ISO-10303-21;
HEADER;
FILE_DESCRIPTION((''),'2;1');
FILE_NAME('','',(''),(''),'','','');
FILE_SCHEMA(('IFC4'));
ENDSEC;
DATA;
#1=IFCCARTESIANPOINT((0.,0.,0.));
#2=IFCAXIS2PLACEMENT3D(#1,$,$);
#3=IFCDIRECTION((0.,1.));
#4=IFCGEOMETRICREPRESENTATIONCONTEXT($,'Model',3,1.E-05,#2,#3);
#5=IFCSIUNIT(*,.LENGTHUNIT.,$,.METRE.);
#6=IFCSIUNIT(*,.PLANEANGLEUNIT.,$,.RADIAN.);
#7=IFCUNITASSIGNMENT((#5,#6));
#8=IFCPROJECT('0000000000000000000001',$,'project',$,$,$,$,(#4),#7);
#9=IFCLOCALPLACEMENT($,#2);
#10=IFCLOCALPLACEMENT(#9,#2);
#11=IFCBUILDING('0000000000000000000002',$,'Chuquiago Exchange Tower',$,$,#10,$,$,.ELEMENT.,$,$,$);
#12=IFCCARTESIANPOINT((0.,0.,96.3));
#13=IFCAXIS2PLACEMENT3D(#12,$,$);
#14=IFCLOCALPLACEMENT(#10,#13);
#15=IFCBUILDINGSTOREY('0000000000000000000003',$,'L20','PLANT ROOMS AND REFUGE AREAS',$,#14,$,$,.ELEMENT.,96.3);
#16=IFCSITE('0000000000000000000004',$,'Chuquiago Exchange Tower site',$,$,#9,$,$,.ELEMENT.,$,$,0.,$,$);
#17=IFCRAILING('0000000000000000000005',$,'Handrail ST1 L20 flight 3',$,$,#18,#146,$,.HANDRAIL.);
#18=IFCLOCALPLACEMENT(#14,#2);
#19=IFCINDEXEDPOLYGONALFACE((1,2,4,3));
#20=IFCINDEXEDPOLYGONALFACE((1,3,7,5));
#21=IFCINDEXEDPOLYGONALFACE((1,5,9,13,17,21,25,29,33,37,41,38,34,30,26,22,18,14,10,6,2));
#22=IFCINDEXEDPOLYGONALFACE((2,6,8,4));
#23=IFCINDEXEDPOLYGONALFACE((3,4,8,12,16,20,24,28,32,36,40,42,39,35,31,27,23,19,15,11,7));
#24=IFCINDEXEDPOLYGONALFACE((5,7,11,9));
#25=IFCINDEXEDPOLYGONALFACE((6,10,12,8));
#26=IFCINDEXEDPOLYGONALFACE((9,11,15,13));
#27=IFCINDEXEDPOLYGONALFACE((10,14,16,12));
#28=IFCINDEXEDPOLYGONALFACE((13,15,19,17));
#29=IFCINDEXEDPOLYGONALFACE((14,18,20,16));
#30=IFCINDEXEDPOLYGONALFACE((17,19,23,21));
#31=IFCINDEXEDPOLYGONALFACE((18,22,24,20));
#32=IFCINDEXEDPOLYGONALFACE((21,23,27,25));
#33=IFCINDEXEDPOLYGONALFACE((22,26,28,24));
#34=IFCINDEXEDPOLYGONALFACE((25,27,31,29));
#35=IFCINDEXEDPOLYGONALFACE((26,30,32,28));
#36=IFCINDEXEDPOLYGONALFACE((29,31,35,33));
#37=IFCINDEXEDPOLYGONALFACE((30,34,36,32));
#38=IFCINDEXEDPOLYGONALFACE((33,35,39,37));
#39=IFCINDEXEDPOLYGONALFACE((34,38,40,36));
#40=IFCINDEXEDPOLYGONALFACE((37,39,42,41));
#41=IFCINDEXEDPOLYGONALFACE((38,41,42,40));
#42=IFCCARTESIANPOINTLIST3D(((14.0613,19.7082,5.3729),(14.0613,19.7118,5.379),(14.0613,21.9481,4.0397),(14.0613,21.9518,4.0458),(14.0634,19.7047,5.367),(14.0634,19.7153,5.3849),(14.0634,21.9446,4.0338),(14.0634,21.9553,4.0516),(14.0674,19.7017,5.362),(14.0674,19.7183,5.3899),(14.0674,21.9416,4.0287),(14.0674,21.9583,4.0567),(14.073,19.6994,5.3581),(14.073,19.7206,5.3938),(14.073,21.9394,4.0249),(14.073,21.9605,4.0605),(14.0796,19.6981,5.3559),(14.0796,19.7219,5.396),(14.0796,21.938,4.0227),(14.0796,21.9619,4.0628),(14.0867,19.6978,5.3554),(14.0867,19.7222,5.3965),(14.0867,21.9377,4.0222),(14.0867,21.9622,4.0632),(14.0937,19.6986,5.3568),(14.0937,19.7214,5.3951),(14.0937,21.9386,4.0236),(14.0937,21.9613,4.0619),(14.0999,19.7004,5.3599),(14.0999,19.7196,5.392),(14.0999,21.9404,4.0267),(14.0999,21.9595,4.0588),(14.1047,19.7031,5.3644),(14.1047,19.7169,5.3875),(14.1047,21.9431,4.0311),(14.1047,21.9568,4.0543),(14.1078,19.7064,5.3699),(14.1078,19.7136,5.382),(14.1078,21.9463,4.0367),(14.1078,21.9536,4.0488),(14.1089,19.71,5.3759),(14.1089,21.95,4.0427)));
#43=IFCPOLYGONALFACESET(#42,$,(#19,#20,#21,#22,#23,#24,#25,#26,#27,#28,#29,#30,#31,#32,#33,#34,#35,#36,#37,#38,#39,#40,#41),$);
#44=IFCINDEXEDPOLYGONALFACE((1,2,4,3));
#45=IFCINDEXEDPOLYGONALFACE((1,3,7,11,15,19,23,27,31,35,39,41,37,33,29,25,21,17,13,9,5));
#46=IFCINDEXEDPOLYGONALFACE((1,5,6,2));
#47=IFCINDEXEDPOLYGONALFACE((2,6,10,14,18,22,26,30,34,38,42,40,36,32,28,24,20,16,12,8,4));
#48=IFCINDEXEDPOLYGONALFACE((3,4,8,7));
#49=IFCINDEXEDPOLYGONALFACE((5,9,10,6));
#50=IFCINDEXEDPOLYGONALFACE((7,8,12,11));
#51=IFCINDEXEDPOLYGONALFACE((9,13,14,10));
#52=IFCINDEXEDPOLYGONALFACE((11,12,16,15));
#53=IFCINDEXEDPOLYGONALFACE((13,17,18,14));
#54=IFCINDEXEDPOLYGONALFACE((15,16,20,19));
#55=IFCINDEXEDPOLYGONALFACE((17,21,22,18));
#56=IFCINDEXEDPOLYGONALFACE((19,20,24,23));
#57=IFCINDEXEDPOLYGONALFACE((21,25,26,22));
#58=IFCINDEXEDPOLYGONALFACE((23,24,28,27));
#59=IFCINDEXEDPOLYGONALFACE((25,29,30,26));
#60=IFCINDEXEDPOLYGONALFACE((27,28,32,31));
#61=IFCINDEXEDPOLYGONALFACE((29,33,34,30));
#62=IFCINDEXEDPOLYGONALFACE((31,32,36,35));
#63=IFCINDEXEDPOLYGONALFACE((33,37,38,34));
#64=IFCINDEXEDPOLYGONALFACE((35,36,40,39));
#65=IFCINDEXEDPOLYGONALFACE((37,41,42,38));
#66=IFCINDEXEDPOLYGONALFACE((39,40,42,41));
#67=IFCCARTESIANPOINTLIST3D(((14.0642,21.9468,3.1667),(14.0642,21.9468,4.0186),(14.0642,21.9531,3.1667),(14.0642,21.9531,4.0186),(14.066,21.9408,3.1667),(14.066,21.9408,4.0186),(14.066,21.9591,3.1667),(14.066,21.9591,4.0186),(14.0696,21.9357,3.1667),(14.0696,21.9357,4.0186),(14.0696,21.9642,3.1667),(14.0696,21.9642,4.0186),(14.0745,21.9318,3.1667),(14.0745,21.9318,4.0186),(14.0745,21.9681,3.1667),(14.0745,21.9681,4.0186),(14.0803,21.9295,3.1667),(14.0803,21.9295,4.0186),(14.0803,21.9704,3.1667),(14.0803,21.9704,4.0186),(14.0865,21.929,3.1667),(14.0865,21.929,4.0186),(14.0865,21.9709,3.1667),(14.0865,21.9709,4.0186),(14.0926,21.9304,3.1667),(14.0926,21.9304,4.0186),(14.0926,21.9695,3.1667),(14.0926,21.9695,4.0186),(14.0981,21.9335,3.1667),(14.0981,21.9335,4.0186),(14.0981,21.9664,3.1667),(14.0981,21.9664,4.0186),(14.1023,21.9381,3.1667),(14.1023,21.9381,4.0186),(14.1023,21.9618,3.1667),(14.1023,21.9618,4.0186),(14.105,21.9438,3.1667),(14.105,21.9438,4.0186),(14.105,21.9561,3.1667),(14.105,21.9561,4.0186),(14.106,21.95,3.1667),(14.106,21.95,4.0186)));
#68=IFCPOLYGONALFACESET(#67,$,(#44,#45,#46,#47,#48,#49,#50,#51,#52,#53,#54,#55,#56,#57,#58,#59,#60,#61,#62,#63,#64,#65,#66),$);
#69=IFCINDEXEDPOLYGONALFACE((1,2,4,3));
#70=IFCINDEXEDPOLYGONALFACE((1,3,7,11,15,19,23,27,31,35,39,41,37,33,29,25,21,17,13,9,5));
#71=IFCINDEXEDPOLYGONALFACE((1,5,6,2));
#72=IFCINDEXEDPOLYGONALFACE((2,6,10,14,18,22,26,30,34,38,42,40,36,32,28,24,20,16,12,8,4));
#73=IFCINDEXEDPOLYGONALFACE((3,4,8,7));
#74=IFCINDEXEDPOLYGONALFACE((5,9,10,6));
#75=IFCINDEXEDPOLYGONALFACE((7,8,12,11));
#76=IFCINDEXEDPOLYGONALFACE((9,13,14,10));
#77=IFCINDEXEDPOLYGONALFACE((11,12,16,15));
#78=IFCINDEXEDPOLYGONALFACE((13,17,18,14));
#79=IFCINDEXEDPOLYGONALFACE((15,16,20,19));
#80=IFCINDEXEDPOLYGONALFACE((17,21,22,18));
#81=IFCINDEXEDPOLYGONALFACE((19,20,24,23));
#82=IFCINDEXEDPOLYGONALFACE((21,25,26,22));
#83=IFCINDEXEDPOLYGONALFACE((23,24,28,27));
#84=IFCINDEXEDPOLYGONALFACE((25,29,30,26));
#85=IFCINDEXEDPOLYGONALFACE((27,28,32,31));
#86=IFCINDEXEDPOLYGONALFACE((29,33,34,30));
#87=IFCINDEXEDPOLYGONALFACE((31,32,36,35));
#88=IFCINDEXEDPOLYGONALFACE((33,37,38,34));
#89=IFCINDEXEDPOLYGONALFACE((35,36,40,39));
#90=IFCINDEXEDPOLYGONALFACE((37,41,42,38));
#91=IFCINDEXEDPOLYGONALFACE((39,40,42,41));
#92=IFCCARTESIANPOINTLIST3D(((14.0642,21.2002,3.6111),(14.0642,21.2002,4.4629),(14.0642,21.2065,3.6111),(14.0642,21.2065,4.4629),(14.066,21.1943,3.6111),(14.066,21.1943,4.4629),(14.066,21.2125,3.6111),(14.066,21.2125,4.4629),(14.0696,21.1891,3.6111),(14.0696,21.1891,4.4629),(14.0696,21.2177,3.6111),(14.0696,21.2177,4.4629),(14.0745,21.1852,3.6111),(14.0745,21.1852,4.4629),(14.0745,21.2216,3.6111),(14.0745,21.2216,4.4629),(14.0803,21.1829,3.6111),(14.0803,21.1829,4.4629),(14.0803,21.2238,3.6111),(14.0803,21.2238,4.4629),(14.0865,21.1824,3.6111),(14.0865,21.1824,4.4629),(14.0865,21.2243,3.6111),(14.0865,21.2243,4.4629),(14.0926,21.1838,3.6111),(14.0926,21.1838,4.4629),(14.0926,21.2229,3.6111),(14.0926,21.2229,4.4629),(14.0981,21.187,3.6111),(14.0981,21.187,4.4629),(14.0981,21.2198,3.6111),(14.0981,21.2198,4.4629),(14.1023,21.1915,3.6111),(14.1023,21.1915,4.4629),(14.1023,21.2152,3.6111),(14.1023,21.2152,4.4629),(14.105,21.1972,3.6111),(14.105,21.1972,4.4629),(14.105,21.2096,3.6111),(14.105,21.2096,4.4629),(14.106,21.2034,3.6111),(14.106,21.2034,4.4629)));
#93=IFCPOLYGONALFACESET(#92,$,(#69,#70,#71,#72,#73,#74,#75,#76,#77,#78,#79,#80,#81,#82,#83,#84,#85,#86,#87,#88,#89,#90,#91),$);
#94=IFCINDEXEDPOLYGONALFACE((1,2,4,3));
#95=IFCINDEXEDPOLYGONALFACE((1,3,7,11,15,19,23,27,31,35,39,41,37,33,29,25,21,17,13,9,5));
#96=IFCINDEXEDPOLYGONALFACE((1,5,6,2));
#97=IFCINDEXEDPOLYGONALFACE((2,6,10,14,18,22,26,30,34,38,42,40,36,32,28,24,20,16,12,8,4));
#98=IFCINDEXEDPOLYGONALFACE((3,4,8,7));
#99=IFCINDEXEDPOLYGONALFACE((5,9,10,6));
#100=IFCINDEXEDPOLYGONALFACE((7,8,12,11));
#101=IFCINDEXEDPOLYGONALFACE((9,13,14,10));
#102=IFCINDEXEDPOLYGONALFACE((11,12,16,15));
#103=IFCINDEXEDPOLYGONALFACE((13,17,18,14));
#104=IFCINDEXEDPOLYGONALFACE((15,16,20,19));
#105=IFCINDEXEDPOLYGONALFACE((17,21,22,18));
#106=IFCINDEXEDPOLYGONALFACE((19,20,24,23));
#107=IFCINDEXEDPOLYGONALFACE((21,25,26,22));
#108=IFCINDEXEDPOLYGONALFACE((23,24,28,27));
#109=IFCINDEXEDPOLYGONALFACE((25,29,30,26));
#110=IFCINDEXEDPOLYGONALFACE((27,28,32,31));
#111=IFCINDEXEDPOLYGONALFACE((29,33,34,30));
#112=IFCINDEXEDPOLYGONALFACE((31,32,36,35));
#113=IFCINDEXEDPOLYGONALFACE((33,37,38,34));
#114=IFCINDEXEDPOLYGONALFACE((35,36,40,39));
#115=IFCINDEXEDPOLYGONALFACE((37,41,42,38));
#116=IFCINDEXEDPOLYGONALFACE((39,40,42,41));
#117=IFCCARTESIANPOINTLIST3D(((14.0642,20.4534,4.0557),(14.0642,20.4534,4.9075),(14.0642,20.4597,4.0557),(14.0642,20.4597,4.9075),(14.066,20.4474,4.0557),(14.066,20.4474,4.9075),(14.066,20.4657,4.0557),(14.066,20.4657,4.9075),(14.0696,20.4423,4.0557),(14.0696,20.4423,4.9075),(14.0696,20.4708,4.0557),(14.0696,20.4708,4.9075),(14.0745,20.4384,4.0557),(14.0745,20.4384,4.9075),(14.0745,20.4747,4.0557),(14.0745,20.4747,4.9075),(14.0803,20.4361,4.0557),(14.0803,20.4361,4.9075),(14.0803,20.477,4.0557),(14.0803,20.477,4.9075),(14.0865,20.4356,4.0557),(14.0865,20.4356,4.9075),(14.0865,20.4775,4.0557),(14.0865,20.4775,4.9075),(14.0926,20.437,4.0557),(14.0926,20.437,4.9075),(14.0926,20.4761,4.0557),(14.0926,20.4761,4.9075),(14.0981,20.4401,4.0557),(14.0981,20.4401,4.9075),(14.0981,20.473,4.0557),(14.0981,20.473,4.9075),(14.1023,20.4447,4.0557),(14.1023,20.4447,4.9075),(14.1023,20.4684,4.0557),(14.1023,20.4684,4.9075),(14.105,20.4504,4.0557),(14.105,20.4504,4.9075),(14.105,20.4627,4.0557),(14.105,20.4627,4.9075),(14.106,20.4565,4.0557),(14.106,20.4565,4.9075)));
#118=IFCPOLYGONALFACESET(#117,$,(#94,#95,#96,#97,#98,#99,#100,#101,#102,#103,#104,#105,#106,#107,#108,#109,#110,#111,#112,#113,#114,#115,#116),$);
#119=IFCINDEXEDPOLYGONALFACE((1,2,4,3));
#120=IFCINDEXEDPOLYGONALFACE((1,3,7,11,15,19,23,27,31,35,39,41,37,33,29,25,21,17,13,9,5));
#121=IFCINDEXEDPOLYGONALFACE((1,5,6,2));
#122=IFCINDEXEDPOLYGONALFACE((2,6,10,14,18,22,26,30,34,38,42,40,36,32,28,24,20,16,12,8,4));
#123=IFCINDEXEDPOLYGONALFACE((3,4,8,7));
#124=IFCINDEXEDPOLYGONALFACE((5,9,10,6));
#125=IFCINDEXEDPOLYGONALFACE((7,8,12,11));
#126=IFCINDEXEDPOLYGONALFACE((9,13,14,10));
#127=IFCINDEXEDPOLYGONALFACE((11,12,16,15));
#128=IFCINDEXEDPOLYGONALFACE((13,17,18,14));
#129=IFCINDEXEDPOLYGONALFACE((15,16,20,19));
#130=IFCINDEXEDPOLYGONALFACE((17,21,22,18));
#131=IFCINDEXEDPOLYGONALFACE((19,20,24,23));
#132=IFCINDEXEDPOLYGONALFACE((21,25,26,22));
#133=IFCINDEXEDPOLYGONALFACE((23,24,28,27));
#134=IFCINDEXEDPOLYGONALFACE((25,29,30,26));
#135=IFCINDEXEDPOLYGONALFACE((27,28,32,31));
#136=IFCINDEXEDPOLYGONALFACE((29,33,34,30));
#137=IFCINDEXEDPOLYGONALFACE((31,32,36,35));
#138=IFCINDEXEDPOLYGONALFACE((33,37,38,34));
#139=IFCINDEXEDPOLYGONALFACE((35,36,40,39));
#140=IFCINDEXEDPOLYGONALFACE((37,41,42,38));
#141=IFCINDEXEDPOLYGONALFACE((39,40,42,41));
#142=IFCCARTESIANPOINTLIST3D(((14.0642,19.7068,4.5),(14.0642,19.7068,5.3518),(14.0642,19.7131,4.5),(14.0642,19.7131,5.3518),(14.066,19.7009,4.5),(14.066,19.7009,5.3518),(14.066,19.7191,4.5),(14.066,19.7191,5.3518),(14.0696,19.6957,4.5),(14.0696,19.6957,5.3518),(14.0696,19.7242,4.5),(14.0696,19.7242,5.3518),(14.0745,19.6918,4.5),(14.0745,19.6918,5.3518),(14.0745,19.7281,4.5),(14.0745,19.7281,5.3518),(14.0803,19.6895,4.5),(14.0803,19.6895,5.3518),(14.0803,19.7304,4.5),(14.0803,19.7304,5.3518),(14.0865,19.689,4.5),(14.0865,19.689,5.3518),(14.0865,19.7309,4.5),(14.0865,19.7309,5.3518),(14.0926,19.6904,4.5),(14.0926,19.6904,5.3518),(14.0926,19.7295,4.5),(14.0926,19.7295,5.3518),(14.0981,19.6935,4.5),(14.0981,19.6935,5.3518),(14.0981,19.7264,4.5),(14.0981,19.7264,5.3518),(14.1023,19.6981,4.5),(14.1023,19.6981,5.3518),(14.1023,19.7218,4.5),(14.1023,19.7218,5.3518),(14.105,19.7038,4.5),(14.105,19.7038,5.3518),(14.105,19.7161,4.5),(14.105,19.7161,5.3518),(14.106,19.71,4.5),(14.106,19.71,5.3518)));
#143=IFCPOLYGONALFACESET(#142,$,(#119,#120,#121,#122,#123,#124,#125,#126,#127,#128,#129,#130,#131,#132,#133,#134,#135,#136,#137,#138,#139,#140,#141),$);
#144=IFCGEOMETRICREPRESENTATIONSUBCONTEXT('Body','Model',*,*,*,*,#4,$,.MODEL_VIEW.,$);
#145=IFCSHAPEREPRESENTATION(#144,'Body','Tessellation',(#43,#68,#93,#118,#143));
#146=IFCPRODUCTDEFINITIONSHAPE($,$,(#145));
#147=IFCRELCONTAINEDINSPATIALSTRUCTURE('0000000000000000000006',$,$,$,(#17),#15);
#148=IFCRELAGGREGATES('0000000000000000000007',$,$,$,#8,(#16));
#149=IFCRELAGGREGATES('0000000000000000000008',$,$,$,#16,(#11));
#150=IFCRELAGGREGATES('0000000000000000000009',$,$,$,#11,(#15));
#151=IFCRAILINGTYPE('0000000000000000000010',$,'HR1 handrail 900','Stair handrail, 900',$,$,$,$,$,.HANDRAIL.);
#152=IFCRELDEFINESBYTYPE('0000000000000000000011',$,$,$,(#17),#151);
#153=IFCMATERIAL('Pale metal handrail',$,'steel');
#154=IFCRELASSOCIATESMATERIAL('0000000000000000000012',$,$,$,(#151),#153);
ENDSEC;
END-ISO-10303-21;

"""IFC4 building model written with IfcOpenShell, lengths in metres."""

from ifc_helpers import new_model, si_unit, direction, frame, origin, origin_2d, place, context, subcontext, project, spatial, circle, extrude, material, type_object, element, save


model = new_model("IFC4")

# Units and contexts
model_context = context("Model", 3, precision=1e-05, world=origin(), true_north=direction((0.0, 1.0)))
body_context = subcontext(model_context, "Body", "Model", "MODEL_VIEW")
ifc_project = project(units=[si_unit("LENGTHUNIT", "METRE"), si_unit("PLANEANGLEUNIT", "RADIAN")], contexts=[model_context])

# Site, building, storey
site_placement = place(None, origin())
site = spatial("IfcSite", under=ifc_project, at=site_placement, Name="Chuquiago Exchange Tower site", CompositionType="ELEMENT", RefElevation=0.0)
building_placement = place(site_placement, origin())
building = spatial("IfcBuilding", under=site, at=building_placement, Name="Chuquiago Exchange Tower", CompositionType="ELEMENT")
storey_placement = place(building_placement, frame((0.0, 0.0, 96.3)))
storey = spatial("IfcBuildingStorey", under=building, at=storey_placement, Name="L20", Description="PLANT ROOMS AND REFUGE AREAS", CompositionType="ELEMENT", Elevation=96.3)

# Railing
ifc_material_1 = material(Name="Pale metal handrail", Category="steel")
railing_type_1 = type_object("IfcRailingType", Name="HR1 handrail 900", Description="Stair handrail, 900", PredefinedType="HANDRAIL", material=ifc_material_1)
for number, where, name in (
    (1, (14.085, 21.95, 3.1667), "Handrail ST1 L20 flight 3"),
):
    element("IfcRailing", number, at=place(storey_placement, frame(where)), inside=storey, type_object=railing_type_1, Name=name, PredefinedType="HANDRAIL", context=body_context, shape_type="SweptSolid", body=[
        extrude(circle(Radius=0.0239, at=origin_2d()), frame((0.0, 0.0, 0.876), z_axis=(0.0, -0.859306, 0.511462), x_axis=(1.0, 0.0, 0.0)), (0.0, 0.0, 1.0), 2.6067),
        extrude(circle(Radius=0.021, at=origin_2d()), origin(), (0.0, 0.0, 1.0), 0.8518),
        extrude(circle(Radius=0.021, at=origin_2d()), frame((0.0, -0.7466, 0.4443)), (0.0, 0.0, 1.0), 0.8518),
        extrude(circle(Radius=0.021, at=origin_2d()), frame((0.0, -1.4934, 0.8889)), (0.0, 0.0, 1.0), 0.8518),
        extrude(circle(Radius=0.021, at=origin_2d()), frame((0.0, -2.24, 1.3333)), (0.0, 0.0, 1.0), 0.8518),
    ])

save(model, "model.ifc")
